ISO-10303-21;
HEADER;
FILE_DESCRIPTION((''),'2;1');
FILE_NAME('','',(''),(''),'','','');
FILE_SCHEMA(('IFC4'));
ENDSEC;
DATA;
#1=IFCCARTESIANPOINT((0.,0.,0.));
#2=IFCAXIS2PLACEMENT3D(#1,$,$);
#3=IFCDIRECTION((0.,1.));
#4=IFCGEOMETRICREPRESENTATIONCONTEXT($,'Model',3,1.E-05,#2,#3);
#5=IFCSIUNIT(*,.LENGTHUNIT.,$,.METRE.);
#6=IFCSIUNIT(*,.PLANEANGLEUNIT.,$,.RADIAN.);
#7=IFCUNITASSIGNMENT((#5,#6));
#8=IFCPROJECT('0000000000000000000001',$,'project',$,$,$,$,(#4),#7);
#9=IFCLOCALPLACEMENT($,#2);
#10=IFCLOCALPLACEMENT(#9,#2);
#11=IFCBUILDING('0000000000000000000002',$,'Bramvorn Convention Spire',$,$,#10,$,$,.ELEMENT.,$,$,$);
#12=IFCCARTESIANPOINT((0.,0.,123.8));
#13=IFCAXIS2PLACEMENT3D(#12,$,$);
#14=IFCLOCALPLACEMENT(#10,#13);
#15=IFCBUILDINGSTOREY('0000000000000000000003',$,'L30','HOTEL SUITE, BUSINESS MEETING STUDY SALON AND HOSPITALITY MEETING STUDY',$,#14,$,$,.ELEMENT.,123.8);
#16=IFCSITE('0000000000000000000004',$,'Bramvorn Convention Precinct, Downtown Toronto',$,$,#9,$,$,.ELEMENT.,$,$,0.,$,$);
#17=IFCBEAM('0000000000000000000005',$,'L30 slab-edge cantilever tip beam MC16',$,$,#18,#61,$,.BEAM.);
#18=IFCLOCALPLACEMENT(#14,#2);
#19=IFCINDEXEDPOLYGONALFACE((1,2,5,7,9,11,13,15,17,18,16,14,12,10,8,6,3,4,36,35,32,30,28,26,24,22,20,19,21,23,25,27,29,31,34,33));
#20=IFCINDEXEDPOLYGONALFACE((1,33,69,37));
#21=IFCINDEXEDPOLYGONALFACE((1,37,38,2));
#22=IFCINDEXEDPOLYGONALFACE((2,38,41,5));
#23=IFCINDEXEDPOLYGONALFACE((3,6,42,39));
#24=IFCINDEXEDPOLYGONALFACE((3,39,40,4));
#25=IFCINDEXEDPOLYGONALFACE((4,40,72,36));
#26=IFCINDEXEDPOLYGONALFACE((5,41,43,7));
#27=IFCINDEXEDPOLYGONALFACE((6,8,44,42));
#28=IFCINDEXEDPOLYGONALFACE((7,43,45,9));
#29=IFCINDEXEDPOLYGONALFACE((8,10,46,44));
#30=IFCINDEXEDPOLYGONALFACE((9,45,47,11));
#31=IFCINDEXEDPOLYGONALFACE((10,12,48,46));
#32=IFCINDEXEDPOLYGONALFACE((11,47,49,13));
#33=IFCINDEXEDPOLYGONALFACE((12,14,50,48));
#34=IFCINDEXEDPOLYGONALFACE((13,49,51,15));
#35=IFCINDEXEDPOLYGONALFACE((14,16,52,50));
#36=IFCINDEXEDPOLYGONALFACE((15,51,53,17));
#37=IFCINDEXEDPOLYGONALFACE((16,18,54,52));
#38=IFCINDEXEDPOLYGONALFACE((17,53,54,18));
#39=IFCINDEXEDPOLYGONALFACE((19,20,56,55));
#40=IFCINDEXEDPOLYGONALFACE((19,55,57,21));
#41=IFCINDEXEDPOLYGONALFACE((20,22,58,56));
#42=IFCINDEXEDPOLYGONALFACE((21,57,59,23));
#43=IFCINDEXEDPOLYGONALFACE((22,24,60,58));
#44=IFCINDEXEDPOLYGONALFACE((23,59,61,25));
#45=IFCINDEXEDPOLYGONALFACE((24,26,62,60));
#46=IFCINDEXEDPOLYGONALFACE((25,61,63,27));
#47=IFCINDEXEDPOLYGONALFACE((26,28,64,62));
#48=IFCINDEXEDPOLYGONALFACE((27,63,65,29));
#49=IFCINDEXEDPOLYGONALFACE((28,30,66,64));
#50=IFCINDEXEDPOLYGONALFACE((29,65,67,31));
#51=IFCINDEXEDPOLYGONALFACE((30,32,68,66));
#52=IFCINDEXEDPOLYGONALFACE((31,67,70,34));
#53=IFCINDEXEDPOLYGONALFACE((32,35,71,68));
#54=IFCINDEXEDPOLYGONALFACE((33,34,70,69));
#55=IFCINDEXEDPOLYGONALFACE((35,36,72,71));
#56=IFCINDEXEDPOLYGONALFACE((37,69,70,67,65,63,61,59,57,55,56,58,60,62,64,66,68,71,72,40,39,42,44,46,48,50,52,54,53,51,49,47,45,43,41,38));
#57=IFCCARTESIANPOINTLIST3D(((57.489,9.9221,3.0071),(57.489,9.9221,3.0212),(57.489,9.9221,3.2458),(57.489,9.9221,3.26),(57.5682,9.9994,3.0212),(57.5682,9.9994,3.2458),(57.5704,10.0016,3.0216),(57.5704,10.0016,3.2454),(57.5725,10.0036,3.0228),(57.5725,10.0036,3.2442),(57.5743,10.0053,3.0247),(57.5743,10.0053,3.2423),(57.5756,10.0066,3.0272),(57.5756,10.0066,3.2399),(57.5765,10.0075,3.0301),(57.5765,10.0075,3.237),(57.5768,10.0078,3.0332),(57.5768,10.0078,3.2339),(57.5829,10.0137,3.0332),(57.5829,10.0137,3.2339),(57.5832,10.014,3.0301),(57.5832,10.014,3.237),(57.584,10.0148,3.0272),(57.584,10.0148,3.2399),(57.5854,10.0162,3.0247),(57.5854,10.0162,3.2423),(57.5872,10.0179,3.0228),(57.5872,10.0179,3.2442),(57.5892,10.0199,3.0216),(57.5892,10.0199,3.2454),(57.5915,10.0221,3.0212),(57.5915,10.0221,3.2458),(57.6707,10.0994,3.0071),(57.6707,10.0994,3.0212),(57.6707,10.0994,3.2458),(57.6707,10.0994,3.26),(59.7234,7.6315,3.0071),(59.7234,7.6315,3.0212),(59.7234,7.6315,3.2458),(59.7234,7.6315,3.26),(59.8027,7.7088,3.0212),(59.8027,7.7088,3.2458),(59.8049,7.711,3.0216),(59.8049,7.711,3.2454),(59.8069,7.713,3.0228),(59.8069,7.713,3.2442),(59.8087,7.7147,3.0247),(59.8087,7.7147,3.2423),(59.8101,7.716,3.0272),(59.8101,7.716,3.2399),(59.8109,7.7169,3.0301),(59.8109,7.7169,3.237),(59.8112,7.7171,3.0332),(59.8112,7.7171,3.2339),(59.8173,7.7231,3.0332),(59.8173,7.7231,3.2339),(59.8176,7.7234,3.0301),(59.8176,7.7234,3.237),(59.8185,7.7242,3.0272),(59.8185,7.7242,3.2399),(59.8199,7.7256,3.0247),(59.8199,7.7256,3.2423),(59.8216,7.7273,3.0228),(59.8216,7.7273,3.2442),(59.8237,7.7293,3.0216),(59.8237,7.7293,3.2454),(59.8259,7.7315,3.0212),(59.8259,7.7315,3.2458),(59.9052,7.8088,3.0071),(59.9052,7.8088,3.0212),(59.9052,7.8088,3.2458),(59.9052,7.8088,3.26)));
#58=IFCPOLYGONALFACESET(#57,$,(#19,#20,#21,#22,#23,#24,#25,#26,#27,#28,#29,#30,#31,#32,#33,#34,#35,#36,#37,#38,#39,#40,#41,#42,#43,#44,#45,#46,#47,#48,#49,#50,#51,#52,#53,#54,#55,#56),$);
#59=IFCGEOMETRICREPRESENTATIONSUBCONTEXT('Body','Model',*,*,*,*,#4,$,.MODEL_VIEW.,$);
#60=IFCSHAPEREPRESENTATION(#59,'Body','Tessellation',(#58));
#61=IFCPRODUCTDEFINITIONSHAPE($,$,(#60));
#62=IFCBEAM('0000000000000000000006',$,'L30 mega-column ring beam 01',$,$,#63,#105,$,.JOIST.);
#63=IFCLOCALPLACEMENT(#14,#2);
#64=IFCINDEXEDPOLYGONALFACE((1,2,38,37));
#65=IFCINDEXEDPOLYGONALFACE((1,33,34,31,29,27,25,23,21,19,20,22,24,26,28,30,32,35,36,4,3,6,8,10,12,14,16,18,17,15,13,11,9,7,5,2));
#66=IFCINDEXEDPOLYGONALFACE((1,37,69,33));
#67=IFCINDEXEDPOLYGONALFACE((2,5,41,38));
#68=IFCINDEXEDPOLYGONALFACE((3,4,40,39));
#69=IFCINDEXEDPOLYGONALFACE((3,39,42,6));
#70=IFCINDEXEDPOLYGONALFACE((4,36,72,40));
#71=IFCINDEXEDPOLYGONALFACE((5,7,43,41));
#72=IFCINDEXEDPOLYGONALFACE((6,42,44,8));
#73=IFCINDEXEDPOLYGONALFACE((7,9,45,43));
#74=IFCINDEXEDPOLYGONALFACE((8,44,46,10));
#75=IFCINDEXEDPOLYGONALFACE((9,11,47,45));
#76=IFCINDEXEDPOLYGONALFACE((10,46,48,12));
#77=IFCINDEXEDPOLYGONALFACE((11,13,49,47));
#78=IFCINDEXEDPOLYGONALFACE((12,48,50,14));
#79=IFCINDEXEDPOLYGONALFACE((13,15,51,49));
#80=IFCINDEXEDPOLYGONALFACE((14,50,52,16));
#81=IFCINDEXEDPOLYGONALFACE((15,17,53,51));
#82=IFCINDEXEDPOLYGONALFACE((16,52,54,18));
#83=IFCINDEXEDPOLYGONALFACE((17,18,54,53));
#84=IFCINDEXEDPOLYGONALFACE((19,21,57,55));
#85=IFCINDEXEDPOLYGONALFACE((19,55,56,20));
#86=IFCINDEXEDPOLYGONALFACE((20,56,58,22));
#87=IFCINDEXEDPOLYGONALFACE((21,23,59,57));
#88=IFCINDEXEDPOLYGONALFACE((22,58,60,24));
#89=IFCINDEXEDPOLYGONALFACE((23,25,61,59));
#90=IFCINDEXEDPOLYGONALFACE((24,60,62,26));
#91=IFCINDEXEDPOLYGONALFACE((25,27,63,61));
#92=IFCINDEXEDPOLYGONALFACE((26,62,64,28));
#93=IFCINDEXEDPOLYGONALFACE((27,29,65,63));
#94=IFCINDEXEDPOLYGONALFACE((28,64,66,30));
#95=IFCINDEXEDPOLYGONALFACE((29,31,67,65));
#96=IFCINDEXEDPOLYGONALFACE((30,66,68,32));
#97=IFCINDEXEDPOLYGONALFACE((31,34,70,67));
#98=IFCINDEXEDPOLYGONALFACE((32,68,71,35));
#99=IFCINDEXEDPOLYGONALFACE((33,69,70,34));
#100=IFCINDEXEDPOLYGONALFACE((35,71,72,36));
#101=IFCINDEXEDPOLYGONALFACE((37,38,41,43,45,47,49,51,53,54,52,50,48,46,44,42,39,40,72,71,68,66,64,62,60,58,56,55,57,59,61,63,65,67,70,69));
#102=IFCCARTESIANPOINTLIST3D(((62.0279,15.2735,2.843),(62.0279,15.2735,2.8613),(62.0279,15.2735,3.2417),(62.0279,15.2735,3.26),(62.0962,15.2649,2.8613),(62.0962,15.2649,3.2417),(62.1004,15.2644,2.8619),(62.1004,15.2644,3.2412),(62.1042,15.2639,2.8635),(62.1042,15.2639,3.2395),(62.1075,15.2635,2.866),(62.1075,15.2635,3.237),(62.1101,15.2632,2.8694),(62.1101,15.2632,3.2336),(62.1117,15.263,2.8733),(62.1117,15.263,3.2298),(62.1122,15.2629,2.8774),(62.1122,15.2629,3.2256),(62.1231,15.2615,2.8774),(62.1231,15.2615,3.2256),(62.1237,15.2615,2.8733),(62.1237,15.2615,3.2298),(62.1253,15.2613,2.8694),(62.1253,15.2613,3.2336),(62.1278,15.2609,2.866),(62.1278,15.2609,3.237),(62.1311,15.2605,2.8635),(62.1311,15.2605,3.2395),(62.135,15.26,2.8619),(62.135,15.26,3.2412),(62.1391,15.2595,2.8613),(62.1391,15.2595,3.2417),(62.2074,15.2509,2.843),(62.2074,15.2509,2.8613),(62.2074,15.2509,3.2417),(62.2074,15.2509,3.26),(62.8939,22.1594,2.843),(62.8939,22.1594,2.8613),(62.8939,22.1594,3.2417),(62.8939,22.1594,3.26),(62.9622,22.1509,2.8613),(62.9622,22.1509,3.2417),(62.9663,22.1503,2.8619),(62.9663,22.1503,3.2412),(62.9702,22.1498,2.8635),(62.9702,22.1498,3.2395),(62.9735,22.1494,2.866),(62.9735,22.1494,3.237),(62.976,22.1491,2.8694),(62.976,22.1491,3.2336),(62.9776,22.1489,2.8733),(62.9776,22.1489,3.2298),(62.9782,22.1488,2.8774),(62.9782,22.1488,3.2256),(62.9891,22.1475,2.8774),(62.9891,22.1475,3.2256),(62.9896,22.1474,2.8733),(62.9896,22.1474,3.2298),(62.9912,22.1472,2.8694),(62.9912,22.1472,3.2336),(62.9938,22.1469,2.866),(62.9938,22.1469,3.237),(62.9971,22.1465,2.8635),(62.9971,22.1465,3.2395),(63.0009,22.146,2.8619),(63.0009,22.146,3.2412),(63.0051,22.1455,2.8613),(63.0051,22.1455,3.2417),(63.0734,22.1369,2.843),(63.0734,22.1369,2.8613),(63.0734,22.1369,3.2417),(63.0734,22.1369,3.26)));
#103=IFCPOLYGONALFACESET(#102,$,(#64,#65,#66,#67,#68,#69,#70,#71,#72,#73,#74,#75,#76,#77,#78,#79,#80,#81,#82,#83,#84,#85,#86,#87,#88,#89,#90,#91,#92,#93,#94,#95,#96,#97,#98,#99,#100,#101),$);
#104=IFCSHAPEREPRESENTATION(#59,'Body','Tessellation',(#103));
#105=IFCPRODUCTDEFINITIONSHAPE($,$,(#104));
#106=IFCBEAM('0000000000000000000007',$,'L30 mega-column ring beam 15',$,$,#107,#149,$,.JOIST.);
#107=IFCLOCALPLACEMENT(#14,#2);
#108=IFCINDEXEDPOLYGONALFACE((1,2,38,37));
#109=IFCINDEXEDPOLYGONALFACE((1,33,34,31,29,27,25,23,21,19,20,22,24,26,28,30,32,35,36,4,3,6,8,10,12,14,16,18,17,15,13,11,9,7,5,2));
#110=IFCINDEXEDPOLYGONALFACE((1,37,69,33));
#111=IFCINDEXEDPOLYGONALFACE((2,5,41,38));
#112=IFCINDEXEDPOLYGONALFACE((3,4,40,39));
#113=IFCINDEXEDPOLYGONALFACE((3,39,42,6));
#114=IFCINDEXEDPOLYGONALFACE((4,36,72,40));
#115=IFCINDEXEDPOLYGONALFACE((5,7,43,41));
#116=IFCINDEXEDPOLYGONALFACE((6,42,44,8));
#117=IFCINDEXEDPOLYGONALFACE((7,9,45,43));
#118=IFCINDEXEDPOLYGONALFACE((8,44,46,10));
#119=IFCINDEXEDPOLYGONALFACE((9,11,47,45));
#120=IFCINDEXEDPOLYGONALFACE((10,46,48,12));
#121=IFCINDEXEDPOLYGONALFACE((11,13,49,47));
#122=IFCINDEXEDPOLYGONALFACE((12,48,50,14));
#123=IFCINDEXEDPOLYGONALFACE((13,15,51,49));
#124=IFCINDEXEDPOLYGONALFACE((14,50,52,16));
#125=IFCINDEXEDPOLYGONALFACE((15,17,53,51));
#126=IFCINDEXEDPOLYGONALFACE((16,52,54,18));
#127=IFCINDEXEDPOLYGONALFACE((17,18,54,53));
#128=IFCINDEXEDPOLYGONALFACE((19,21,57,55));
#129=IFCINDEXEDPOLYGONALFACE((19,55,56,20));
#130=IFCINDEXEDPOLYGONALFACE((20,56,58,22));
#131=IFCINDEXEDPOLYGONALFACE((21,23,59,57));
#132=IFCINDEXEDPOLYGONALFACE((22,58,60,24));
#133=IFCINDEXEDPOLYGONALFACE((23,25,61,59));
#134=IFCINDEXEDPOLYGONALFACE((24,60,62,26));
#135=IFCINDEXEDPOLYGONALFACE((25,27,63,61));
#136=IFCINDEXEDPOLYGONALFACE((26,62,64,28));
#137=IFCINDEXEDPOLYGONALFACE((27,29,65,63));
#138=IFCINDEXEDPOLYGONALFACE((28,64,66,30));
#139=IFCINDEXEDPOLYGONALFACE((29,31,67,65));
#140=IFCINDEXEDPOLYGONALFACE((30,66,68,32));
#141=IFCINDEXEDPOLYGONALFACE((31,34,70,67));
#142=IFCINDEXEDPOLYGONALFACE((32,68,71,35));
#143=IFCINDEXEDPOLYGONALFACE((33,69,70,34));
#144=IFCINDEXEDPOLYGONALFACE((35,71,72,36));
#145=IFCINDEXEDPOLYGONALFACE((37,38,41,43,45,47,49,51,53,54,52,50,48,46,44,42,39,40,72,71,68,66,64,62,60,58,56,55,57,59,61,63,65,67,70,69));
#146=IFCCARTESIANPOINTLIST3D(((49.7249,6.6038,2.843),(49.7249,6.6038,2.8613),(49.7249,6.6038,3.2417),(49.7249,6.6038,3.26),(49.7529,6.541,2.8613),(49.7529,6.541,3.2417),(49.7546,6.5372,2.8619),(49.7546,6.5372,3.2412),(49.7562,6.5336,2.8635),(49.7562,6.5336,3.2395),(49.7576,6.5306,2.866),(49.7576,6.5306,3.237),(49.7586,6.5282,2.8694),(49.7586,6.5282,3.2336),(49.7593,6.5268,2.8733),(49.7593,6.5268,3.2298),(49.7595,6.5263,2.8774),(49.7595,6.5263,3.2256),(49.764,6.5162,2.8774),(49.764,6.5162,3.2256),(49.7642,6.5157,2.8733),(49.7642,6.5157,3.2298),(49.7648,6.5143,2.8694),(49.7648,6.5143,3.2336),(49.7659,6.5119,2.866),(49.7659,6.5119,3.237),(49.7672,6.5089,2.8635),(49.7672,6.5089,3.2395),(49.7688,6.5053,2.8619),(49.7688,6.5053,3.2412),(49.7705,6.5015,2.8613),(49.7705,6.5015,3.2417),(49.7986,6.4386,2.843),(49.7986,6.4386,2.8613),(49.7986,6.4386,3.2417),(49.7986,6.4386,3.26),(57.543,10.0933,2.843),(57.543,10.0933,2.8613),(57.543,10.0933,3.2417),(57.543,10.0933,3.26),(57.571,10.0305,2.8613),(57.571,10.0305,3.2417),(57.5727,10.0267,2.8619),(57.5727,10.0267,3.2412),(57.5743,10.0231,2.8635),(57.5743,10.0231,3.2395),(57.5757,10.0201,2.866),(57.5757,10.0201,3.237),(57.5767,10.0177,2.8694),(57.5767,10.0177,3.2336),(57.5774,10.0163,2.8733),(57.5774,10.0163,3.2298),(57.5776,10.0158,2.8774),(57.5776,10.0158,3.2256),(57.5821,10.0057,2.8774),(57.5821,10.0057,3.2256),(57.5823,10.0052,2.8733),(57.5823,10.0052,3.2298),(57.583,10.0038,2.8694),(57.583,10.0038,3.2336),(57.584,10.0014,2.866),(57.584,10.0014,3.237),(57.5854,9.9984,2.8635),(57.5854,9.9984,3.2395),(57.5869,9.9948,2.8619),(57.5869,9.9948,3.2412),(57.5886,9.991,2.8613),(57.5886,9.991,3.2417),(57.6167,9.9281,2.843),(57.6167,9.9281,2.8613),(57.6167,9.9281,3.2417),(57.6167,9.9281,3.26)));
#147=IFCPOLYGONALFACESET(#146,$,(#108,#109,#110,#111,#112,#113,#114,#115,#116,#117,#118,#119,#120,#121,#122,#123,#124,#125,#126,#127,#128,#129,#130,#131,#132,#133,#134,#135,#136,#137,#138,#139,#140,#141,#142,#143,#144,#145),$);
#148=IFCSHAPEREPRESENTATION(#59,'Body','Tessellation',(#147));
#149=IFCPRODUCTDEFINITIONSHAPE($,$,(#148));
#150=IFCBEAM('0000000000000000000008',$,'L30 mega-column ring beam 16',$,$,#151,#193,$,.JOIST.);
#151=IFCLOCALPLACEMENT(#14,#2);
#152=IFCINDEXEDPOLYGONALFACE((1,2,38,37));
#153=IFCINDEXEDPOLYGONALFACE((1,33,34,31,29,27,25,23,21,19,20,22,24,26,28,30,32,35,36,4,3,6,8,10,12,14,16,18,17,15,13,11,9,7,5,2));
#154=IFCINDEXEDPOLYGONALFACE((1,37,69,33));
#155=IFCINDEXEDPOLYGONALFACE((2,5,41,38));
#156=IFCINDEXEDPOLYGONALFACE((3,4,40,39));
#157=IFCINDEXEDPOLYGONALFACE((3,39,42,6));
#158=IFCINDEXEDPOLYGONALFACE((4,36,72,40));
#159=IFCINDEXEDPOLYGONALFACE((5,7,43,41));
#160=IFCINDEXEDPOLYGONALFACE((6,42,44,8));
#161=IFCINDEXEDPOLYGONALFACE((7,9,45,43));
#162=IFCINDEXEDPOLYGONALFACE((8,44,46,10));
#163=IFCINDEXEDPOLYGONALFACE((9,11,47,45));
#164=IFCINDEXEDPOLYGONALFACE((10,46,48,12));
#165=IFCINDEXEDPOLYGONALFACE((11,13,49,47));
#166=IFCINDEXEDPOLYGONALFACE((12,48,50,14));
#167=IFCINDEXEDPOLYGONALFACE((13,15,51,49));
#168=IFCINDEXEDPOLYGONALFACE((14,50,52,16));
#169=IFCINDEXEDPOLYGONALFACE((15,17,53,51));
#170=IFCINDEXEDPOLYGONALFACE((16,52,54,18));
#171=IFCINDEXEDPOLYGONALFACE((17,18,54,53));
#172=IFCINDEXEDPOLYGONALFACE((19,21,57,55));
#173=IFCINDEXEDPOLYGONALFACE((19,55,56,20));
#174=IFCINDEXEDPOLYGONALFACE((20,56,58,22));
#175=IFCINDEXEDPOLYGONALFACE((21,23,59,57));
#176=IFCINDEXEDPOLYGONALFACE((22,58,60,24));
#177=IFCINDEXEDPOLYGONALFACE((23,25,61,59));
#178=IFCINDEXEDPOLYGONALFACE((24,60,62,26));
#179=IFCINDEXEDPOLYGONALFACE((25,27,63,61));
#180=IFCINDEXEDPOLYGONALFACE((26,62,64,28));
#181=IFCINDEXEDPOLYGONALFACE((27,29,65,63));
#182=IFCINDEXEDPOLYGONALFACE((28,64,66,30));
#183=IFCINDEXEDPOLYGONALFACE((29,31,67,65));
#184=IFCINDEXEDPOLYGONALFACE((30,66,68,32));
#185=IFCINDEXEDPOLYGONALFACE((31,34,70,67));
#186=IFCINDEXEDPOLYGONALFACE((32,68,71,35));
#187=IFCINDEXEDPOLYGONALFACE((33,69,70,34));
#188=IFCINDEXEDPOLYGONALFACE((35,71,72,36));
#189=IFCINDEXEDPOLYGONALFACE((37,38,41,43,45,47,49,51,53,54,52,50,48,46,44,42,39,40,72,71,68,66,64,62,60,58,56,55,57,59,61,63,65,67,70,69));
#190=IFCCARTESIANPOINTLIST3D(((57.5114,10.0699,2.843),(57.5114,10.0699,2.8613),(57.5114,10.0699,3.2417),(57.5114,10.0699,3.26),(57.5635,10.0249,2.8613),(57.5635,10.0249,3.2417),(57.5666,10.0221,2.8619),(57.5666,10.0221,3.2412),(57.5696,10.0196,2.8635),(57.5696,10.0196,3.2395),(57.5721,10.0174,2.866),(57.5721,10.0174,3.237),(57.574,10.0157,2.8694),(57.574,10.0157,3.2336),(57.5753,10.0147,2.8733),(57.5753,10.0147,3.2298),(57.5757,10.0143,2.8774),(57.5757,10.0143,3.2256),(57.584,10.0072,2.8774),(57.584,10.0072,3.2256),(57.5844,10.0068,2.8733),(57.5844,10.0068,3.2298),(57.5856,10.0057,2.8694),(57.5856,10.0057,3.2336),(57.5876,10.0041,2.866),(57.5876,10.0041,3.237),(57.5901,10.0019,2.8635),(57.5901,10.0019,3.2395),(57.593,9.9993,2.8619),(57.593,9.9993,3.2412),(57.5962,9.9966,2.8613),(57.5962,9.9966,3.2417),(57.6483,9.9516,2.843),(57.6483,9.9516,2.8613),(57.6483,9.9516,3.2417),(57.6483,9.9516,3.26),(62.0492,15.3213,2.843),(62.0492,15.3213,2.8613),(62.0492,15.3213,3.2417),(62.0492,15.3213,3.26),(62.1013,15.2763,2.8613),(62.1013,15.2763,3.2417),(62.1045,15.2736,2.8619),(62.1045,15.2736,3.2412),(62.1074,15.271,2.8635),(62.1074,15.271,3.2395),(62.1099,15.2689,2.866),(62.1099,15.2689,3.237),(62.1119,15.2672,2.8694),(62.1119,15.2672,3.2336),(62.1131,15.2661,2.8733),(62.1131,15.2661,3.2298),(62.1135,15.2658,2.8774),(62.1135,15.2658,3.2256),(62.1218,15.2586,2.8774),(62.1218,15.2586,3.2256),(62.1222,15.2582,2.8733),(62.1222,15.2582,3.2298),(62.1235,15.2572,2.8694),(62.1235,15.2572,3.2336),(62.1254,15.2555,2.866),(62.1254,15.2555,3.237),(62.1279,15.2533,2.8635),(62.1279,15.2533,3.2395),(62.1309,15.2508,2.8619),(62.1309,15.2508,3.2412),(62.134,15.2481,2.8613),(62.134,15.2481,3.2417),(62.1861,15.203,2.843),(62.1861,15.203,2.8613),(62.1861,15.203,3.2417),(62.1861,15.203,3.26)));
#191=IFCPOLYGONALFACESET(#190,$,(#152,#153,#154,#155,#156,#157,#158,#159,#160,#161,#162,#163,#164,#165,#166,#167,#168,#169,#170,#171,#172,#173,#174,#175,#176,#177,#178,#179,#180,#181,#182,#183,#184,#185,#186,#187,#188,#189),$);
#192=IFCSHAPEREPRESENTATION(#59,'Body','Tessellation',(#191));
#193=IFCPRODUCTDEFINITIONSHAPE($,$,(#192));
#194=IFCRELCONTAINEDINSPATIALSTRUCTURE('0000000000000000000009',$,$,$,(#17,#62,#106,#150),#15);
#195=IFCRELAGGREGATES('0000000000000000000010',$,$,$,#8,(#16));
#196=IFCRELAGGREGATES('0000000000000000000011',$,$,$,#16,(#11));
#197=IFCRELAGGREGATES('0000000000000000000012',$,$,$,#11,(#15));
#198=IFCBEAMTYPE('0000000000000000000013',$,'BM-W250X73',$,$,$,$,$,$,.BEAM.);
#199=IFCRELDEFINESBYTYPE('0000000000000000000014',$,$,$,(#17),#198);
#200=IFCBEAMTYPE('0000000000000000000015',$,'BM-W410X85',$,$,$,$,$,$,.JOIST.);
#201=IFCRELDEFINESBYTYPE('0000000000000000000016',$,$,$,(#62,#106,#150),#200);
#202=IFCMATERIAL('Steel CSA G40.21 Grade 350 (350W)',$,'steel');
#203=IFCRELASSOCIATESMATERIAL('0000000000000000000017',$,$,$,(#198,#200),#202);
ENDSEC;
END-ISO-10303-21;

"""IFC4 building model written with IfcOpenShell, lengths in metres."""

from ifc_helpers import new_model, si_unit, direction, frame, origin, origin_2d, place, context, subcontext, project, spatial, i_section, extrude, material, material_profile, profile_set, type_object, element, save


model = new_model("IFC4")

# Units and contexts
model_context = context("Model", 3, precision=1e-05, world=origin(), true_north=direction((0.0, 1.0)))
body_context = subcontext(model_context, "Body", "Model", "MODEL_VIEW")
ifc_project = project(units=[si_unit("LENGTHUNIT", "METRE"), si_unit("PLANEANGLEUNIT", "RADIAN")], contexts=[model_context])

# Site, building, storey
site_placement = place(None, origin())
site = spatial("IfcSite", under=ifc_project, at=site_placement, Name="Bramvorn Convention Precinct, Downtown Toronto", CompositionType="ELEMENT", RefElevation=0.0)
building_placement = place(site_placement, origin())
building = spatial("IfcBuilding", under=site, at=building_placement, Name="Bramvorn Convention Spire", CompositionType="ELEMENT")
storey_placement = place(building_placement, frame((0.0, 0.0, 123.8)))
storey = spatial("IfcBuildingStorey", under=building, at=storey_placement, Name="L30", Description="HOTEL SUITE, BUSINESS MEETING STUDY SALON AND HOSPITALITY MEETING STUDY", CompositionType="ELEMENT", Elevation=123.8)

# Shared definitions
ifc_material_1 = material(Name="Steel CSA G40.21 Grade 350 (350W)", Category="steel")

# Beams
ifc_material_profile_1 = material_profile(ifc_material_1, i_section(OverallWidth=0.2539, OverallDepth=0.2529, WebThickness=0.0085, FlangeThickness=0.0142, FilletRadius=0.012, at=origin_2d()))
ifc_profile_set_1 = profile_set([ifc_material_profile_1], Name="Steel CSA G40.21 Grade 350 (350W) - W250X73")
beam_type_1 = type_object("IfcBeamType", Name="BM-W250X73", PredefinedType="BEAM", material=ifc_profile_set_1)
for number, where, z_axis, x_axis, name in (
    (1, (57.5798, 10.0107, 3.1335), (0.698278, -0.715827, 0.0), (0.715827, 0.698278, 0.0), "L30 slab-edge cantilever tip beam MC16"),
):
    element("IfcBeam", number, at=place(storey_placement, frame(where, z_axis=z_axis, x_axis=x_axis)), inside=storey, type_object=beam_type_1, Name=name, PredefinedType="BEAM", context=body_context, shape_type="SweptSolid", body=[
        extrude(i_section(OverallWidth=0.2539, OverallDepth=0.2529, WebThickness=0.0085, FlangeThickness=0.0142, FilletRadius=0.012, at=origin_2d()), origin(), (0.0, 0.0, 1.0), 3.2),
    ])
ifc_material_profile_2 = material_profile(ifc_material_1, i_section(OverallWidth=0.1809, OverallDepth=0.417, WebThickness=0.011, FlangeThickness=0.0183, FilletRadius=0.0161, at=origin_2d()))
ifc_profile_set_2 = profile_set([ifc_material_profile_2], Name="Steel CSA G40.21 Grade 350 (350W) - W410X85")
beam_type_2 = type_object("IfcBeamType", Name="BM-W410X85", PredefinedType="JOIST", material=ifc_profile_set_2)
beam_1_placement = place(storey_placement, frame((62.1177, 15.2622, 3.0515), z_axis=(0.124775, 0.992185, 0.0), x_axis=(-0.992185, 0.124775, 0.0)))
element("IfcBeam", 2, at=beam_1_placement, inside=storey, type_object=beam_type_2, Name="L30 mega-column ring beam 01", PredefinedType="JOIST", context=body_context, shape_type="SweptSolid", body=[
    extrude(i_section(OverallWidth=0.1809, OverallDepth=0.417, WebThickness=0.011, FlangeThickness=0.0183, FilletRadius=0.0161, at=origin_2d()), origin(), (0.0, 0.0, 1.0), 6.9402),
])
beam_2_placement = place(storey_placement, frame((49.7617, 6.5212, 3.0515), z_axis=(0.91317, 0.40758, 0.0), x_axis=(-0.40758, 0.91317, 0.0)))
element("IfcBeam", 3, at=beam_2_placement, inside=storey, type_object=beam_type_2, Name="L30 mega-column ring beam 15", PredefinedType="JOIST", context=body_context, shape_type="SweptSolid", body=[
    extrude(i_section(OverallWidth=0.1809, OverallDepth=0.417, WebThickness=0.011, FlangeThickness=0.0183, FilletRadius=0.0161, at=origin_2d()), origin(), (0.0, 0.0, 1.0), 8.5615),
])
beam_3_placement = place(storey_placement, frame((57.5798, 10.0107, 3.0515), z_axis=(0.653825, 0.756646, 0.0), x_axis=(-0.756646, 0.653825, 0.0)))
element("IfcBeam", 4, at=beam_3_placement, inside=storey, type_object=beam_type_2, Name="L30 mega-column ring beam 16", PredefinedType="JOIST", context=body_context, shape_type="SweptSolid", body=[
    extrude(i_section(OverallWidth=0.1809, OverallDepth=0.417, WebThickness=0.011, FlangeThickness=0.0183, FilletRadius=0.0161, at=origin_2d()), origin(), (0.0, 0.0, 1.0), 6.9404),
])

save(model, "model.ifc")
